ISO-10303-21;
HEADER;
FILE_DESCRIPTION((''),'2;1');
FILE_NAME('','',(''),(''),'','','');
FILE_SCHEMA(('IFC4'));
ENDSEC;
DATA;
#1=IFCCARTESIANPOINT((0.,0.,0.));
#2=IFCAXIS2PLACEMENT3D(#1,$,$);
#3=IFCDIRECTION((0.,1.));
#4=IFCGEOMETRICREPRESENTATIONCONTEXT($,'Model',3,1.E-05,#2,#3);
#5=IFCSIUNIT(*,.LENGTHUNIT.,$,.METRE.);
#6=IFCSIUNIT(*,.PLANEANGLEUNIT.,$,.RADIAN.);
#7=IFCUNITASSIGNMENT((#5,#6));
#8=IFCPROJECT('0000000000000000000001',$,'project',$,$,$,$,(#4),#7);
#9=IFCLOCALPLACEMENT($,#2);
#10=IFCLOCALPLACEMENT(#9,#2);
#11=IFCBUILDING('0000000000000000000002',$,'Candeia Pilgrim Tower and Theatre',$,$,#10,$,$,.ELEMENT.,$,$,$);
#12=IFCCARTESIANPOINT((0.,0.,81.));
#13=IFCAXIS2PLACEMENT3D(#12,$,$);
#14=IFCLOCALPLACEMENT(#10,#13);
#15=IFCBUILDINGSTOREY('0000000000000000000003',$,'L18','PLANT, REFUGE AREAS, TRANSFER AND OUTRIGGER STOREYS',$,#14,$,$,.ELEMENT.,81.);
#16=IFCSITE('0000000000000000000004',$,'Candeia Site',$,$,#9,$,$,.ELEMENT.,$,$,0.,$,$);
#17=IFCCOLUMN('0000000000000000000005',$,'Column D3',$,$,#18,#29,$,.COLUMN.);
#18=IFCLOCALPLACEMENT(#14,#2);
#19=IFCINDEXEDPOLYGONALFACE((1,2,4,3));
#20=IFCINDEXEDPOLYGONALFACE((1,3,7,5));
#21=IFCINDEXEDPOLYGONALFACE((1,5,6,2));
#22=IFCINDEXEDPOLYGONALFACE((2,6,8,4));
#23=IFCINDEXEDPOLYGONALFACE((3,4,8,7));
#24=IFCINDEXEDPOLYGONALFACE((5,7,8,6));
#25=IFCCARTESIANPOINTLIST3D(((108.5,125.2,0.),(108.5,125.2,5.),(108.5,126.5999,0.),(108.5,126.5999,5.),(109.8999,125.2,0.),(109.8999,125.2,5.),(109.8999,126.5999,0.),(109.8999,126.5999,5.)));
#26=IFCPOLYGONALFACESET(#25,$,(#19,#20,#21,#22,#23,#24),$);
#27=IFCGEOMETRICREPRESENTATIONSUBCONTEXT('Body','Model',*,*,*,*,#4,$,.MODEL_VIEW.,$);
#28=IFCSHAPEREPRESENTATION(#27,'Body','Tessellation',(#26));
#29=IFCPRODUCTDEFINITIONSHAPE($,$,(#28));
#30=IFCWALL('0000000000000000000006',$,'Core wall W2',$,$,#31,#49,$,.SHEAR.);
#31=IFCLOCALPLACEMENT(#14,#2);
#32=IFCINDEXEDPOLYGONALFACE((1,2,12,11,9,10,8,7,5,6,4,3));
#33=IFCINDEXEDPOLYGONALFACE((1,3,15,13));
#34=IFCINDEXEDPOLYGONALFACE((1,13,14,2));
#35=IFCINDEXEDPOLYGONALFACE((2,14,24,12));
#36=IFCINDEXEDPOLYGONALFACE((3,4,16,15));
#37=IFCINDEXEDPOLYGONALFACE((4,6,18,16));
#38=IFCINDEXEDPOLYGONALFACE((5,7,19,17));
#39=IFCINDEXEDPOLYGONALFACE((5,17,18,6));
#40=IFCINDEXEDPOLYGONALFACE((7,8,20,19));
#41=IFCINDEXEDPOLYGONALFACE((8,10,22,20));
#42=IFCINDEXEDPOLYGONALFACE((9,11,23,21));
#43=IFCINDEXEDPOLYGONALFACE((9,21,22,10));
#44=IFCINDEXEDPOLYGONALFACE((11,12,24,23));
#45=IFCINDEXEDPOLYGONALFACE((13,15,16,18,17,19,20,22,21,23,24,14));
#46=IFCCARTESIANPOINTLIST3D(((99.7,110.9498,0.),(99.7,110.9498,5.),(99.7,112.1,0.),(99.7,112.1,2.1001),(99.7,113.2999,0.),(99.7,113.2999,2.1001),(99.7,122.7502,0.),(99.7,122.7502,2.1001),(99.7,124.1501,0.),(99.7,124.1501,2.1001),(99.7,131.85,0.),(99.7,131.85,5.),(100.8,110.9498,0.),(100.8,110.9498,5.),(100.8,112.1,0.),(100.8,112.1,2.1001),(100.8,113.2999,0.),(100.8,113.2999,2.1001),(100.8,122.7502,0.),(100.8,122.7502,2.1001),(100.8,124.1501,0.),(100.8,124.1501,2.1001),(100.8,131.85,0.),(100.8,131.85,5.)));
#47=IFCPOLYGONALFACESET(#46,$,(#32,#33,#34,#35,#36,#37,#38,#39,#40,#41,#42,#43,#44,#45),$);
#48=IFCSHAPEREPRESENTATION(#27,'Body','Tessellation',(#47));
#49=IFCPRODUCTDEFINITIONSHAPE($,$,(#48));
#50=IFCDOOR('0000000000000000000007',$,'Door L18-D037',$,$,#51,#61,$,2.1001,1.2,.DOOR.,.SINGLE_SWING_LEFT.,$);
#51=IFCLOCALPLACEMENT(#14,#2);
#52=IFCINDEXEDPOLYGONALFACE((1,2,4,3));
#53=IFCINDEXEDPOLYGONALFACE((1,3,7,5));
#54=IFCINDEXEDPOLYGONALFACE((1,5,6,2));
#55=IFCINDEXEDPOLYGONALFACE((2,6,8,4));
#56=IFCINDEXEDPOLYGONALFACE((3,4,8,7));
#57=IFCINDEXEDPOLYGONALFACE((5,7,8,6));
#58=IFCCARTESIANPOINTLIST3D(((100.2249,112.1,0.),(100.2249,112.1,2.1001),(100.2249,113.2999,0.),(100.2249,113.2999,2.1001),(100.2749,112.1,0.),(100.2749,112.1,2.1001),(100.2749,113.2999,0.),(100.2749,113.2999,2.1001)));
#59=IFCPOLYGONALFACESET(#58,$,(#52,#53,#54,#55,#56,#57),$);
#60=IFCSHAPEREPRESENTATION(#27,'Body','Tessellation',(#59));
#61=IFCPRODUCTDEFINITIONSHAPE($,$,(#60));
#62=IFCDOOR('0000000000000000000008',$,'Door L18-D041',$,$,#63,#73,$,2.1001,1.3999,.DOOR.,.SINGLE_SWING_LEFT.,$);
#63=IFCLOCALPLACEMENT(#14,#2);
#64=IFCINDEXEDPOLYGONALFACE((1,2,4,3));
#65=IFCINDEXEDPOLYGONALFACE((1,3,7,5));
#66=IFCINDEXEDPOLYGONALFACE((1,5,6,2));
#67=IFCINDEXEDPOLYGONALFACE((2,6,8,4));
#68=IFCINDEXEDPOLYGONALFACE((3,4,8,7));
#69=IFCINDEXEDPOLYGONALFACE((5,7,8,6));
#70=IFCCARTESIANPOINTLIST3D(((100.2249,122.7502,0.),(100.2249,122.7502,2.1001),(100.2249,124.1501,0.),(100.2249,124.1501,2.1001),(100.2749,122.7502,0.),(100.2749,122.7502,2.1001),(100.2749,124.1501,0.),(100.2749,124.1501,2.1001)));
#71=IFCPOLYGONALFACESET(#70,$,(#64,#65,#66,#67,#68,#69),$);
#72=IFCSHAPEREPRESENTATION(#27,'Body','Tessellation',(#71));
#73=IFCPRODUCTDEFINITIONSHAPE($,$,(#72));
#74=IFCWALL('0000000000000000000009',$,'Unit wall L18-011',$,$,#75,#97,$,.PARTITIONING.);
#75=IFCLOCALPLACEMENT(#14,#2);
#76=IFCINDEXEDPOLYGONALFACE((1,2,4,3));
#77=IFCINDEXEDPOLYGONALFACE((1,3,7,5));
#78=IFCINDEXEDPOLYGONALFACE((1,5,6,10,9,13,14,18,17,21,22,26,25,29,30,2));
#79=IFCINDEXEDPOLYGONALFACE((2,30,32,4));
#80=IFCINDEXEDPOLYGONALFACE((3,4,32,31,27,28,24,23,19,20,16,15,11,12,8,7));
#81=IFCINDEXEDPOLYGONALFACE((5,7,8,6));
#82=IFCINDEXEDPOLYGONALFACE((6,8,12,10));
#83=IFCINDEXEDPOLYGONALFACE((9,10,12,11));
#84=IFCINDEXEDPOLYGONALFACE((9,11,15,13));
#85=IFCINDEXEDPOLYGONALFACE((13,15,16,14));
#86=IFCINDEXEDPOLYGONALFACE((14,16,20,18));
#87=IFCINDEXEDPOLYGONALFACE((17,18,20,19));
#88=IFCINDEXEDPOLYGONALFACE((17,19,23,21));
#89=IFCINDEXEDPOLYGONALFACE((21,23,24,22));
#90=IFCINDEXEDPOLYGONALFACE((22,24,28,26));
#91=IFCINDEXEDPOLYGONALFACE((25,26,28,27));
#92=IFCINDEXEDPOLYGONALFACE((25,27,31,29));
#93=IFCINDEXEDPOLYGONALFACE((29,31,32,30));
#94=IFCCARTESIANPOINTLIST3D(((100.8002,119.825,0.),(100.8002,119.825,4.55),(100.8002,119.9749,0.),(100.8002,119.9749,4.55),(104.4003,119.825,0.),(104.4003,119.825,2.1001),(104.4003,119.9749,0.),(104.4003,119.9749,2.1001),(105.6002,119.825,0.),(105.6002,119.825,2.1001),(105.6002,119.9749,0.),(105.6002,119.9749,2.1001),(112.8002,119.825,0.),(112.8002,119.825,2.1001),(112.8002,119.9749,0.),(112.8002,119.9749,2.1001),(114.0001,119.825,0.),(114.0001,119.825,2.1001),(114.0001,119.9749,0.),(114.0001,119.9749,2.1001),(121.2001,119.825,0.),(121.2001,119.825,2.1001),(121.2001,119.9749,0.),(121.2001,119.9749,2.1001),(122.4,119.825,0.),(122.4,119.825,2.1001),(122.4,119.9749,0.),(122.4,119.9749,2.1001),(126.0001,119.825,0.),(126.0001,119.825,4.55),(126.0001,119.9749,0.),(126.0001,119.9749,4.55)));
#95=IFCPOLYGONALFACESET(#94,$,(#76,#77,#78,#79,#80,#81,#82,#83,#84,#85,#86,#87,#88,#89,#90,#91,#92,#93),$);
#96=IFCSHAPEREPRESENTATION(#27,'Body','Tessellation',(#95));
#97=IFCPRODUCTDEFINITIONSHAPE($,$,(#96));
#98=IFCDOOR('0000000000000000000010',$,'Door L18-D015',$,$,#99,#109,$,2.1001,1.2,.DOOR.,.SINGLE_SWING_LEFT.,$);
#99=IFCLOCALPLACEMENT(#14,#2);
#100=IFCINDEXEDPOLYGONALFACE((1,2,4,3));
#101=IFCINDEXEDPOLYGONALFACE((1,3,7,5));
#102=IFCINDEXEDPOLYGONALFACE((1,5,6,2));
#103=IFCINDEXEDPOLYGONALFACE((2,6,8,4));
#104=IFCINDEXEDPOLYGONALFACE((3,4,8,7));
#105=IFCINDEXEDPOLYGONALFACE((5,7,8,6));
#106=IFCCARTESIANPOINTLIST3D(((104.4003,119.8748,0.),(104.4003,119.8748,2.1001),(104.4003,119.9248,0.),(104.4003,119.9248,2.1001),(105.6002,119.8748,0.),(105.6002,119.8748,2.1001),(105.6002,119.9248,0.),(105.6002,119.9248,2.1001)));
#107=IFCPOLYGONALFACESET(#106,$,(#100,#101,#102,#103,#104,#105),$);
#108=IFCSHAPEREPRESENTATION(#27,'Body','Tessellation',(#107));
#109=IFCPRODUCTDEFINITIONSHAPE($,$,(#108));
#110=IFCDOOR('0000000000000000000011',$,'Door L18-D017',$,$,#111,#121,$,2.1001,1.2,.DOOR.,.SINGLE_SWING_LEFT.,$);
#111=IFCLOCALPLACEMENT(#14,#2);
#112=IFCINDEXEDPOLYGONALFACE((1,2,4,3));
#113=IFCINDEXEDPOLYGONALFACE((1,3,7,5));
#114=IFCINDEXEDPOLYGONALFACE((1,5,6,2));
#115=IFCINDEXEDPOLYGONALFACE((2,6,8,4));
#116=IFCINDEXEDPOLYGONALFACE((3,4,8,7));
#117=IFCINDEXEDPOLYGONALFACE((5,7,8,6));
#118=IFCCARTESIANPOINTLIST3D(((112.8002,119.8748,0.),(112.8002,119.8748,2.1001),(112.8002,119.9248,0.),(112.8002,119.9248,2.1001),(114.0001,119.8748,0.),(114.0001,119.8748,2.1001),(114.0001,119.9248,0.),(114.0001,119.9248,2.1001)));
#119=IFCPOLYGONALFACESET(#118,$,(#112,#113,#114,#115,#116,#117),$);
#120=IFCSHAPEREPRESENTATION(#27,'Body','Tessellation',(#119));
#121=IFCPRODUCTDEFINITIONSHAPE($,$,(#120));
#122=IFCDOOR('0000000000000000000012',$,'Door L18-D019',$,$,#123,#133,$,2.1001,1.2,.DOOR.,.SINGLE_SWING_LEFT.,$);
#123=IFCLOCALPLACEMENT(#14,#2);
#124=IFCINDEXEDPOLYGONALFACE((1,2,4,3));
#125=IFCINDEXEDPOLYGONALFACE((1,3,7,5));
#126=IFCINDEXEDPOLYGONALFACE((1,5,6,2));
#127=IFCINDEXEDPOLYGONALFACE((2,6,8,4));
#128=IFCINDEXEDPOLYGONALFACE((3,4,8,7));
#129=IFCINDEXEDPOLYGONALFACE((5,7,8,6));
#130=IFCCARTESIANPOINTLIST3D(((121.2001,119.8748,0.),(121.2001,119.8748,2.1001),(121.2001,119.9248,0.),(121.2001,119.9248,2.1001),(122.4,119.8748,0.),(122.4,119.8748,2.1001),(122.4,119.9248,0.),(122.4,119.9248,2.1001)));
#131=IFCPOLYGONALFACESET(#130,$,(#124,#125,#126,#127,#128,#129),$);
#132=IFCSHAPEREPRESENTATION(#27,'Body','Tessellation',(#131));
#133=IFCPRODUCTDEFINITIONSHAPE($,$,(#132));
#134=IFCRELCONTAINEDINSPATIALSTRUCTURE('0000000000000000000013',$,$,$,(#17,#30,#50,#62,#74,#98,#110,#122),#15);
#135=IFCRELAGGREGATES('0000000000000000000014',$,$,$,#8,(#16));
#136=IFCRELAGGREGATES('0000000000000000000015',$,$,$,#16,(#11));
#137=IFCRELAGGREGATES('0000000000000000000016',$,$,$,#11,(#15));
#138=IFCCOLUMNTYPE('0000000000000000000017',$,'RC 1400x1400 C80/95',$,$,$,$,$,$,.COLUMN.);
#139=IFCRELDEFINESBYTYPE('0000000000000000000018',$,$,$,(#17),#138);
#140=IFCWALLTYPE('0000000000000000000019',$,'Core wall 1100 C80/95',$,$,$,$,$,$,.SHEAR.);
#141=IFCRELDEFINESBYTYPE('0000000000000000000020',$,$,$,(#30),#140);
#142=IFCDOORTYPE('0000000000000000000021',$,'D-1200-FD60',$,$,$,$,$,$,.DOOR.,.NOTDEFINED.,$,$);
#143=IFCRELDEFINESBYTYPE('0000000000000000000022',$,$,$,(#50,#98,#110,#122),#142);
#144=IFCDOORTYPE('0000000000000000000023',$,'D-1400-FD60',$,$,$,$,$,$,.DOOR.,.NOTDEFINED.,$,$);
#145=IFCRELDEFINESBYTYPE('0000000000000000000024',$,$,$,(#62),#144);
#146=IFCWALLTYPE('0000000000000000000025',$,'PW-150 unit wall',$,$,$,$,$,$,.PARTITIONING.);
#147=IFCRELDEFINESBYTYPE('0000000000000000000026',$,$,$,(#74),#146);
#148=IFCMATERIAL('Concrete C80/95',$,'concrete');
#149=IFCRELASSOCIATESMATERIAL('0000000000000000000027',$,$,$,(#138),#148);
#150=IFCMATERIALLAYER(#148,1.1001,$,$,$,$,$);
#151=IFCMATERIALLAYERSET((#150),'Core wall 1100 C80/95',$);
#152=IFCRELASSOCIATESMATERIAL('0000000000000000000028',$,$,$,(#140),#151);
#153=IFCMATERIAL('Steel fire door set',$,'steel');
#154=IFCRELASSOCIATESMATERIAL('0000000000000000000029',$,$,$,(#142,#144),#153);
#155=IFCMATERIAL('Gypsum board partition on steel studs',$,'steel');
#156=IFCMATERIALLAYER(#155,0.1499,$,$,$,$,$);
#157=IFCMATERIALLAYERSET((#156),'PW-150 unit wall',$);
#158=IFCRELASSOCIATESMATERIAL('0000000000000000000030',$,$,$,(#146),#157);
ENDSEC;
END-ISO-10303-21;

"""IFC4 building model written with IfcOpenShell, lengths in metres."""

from ifc_helpers import new_model, si_unit, direction, frame, frame_2d, origin, origin_2d, place, context, subcontext, project, spatial, rectangle, extrude, material, layer, layer_set, material_profile, profile_set, type_object, element, fill, save


model = new_model("IFC4")

# Units and contexts
model_context = context("Model", 3, precision=1e-05, world=origin(), true_north=direction((0.0, 1.0)))
body_context = subcontext(model_context, "Body", "Model", "MODEL_VIEW")
ifc_project = project(units=[si_unit("LENGTHUNIT", "METRE"), si_unit("PLANEANGLEUNIT", "RADIAN")], contexts=[model_context])

# Site, building, storey
site_placement = place(None, origin())
site = spatial("IfcSite", under=ifc_project, at=site_placement, Name="Candeia Site", CompositionType="ELEMENT", RefElevation=0.0)
building_placement = place(site_placement, origin())
building = spatial("IfcBuilding", under=site, at=building_placement, Name="Candeia Pilgrim Tower and Theatre", CompositionType="ELEMENT")
storey_placement = place(building_placement, frame((0.0, 0.0, 81.0)))
storey = spatial("IfcBuildingStorey", under=building, at=storey_placement, Name="L18", Description="PLANT, REFUGE AREAS, TRANSFER AND OUTRIGGER STOREYS", CompositionType="ELEMENT", Elevation=81.0)

# Column
ifc_material_1 = material(Name="Concrete C80/95", Category="concrete")
ifc_material_profile = material_profile(ifc_material_1, rectangle(XDim=1.3999, YDim=1.3999, at=origin_2d()))
ifc_profile_set = profile_set([ifc_material_profile], Name="Concrete C80/95")
column_type = type_object("IfcColumnType", Name="RC 1400x1400 C80/95", PredefinedType="COLUMN", material=ifc_profile_set)
column_placement = place(storey_placement, frame((109.2, 125.8999, 0.0), z_axis=(0.0, 0.0, 1.0), x_axis=(1.0, 0.0, 0.0)))
element("IfcColumn", 1, at=column_placement, inside=storey, type_object=column_type, Name="Column D3", PredefinedType="COLUMN", context=body_context, shape_type="SweptSolid", body=[
    extrude(rectangle(XDim=1.3999, YDim=1.3999, at=origin_2d()), origin(), (0.0, 0.0, 1.0), 5.0),
])

# Walls, openings, doors
ifc_layer_1 = layer(ifc_material_1, 1.1001)
ifc_layer_set_1 = layer_set([ifc_layer_1], Name="Core wall 1100 C80/95")
wall_type_1 = type_object("IfcWallType", Name="Core wall 1100 C80/95", PredefinedType="SHEAR", material=ifc_layer_set_1)
wall_1_placement = place(storey_placement, frame((100.25, 131.8501, 0.0), z_axis=(0.0, 0.0, 1.0), x_axis=(0.0, -1.0, 0.0)))
wall_1 = element("IfcWall", 2, at=wall_1_placement, inside=storey, type_object=wall_type_1, Name="Core wall W2", PredefinedType="SHEAR", context=body_context, shape_type="SweptSolid", body=[
    extrude(rectangle(XDim=20.9001, YDim=1.1001, at=frame_2d((10.4502, 0.0))), origin(), (0.0, 0.0, 1.0), 5.0),
])
opening_1_placement = place(wall_1_placement, frame((18.55, 0.0, 0.0)))
opening_1 = element("IfcOpeningElement", 3, at=opening_1_placement, cuts=wall_1, PredefinedType="OPENING", context=body_context, shape_type="SweptSolid", body=[
    extrude(rectangle(XDim=1.2, YDim=2.1001, at=frame_2d((0.6001, 1.05))), frame((0.0, 0.5601, 0.0), z_axis=(0.0, -1.0, 0.0), x_axis=(1.0, 0.0, 0.0)), (0.0, 0.0, 1.0), 1.1201),
])
opening_2_placement = place(wall_1_placement, frame((7.7, 0.0, 0.0)))
opening_2 = element("IfcOpeningElement", 4, at=opening_2_placement, cuts=wall_1, PredefinedType="OPENING", context=body_context, shape_type="SweptSolid", body=[
    extrude(rectangle(XDim=1.3999, YDim=2.1001, at=frame_2d((0.7, 1.05))), frame((0.0, 0.5601, 0.0), z_axis=(0.0, -1.0, 0.0), x_axis=(1.0, 0.0, 0.0)), (0.0, 0.0, 1.0), 1.1201),
])
ifc_material_2 = material(Name="Steel fire door set", Category="steel")
door_type_1 = type_object("IfcDoorType", Name="D-1200-FD60", OperationType="NOTDEFINED", PredefinedType="DOOR", material=ifc_material_2)
door_1_placement = place(opening_1_placement, origin())
door_1 = element("IfcDoor", 5, at=door_1_placement, inside=storey, type_object=door_type_1, Name="Door L18-D037", OperationType="SINGLE_SWING_LEFT", OverallHeight=2.1001, OverallWidth=1.2, PredefinedType="DOOR", context=body_context, shape_type="SweptSolid", body=[
    extrude(rectangle(XDim=1.2, YDim=2.1001, at=frame_2d((0.6001, 1.05))), frame((0.0, 0.0249, 0.0), z_axis=(0.0, -1.0, 0.0), x_axis=(1.0, 0.0, 0.0)), (0.0, 0.0, 1.0), 0.05),
])
fill(opening_1, door_1)
door_type_2 = type_object("IfcDoorType", Name="D-1400-FD60", OperationType="NOTDEFINED", PredefinedType="DOOR", material=ifc_material_2)
door_2_placement = place(opening_2_placement, origin())
door_2 = element("IfcDoor", 6, at=door_2_placement, inside=storey, type_object=door_type_2, Name="Door L18-D041", OperationType="SINGLE_SWING_LEFT", OverallHeight=2.1001, OverallWidth=1.3999, PredefinedType="DOOR", context=body_context, shape_type="SweptSolid", body=[
    extrude(rectangle(XDim=1.3999, YDim=2.1001, at=frame_2d((0.7, 1.05))), frame((0.0, 0.0249, 0.0), z_axis=(0.0, -1.0, 0.0), x_axis=(1.0, 0.0, 0.0)), (0.0, 0.0, 1.0), 0.05),
])
fill(opening_2, door_2)
ifc_material_3 = material(Name="Gypsum board partition on steel studs", Category="steel")
ifc_layer_2 = layer(ifc_material_3, 0.1499)
ifc_layer_set_2 = layer_set([ifc_layer_2], Name="PW-150 unit wall")
wall_type_2 = type_object("IfcWallType", Name="PW-150 unit wall", PredefinedType="PARTITIONING", material=ifc_layer_set_2)
wall_2_placement = place(storey_placement, frame((100.8, 119.8999, 0.0), z_axis=(0.0, 0.0, 1.0), x_axis=(1.0, 0.0, 0.0)))
wall_2 = element("IfcWall", 7, at=wall_2_placement, inside=storey, type_object=wall_type_2, Name="Unit wall L18-011", PredefinedType="PARTITIONING", context=body_context, shape_type="SweptSolid", body=[
    extrude(rectangle(XDim=25.2, YDim=0.1499, at=frame_2d((12.6001, 0.0))), origin(), (0.0, 0.0, 1.0), 4.55),
])
opening_3_placement = place(wall_2_placement, frame((3.6001, 0.0, 0.0)))
opening_3 = element("IfcOpeningElement", 8, at=opening_3_placement, cuts=wall_2, PredefinedType="OPENING", context=body_context, shape_type="SweptSolid", body=[
    extrude(rectangle(XDim=1.2, YDim=2.1001, at=frame_2d((0.6001, 1.05))), frame((0.0, 0.085, 0.0), z_axis=(0.0, -1.0, 0.0), x_axis=(1.0, 0.0, 0.0)), (0.0, 0.0, 1.0), 0.1699),
])
opening_4_placement = place(wall_2_placement, frame((12.0, 0.0, 0.0)))
opening_4 = element("IfcOpeningElement", 9, at=opening_4_placement, cuts=wall_2, PredefinedType="OPENING", context=body_context, shape_type="SweptSolid", body=[
    extrude(rectangle(XDim=1.2, YDim=2.1001, at=frame_2d((0.6001, 1.05))), frame((0.0, 0.085, 0.0), z_axis=(0.0, -1.0, 0.0), x_axis=(1.0, 0.0, 0.0)), (0.0, 0.0, 1.0), 0.1699),
])
opening_5_placement = place(wall_2_placement, frame((20.3999, 0.0, 0.0)))
opening_5 = element("IfcOpeningElement", 10, at=opening_5_placement, cuts=wall_2, PredefinedType="OPENING", context=body_context, shape_type="SweptSolid", body=[
    extrude(rectangle(XDim=1.2, YDim=2.1001, at=frame_2d((0.6001, 1.05))), frame((0.0, 0.085, 0.0), z_axis=(0.0, -1.0, 0.0), x_axis=(1.0, 0.0, 0.0)), (0.0, 0.0, 1.0), 0.1699),
])
door_3_placement = place(opening_3_placement, origin())
door_3 = element("IfcDoor", 11, at=door_3_placement, inside=storey, type_object=door_type_1, Name="Door L18-D015", OperationType="SINGLE_SWING_LEFT", OverallHeight=2.1001, OverallWidth=1.2, PredefinedType="DOOR", context=body_context, shape_type="SweptSolid", body=[
    extrude(rectangle(XDim=1.2, YDim=2.1001, at=frame_2d((0.6001, 1.05))), frame((0.0, 0.0249, 0.0), z_axis=(0.0, -1.0, 0.0), x_axis=(1.0, 0.0, 0.0)), (0.0, 0.0, 1.0), 0.05),
])
fill(opening_3, door_3)
door_4_placement = place(opening_4_placement, origin())
door_4 = element("IfcDoor", 12, at=door_4_placement, inside=storey, type_object=door_type_1, Name="Door L18-D017", OperationType="SINGLE_SWING_LEFT", OverallHeight=2.1001, OverallWidth=1.2, PredefinedType="DOOR", context=body_context, shape_type="SweptSolid", body=[
    extrude(rectangle(XDim=1.2, YDim=2.1001, at=frame_2d((0.6001, 1.05))), frame((0.0, 0.0249, 0.0), z_axis=(0.0, -1.0, 0.0), x_axis=(1.0, 0.0, 0.0)), (0.0, 0.0, 1.0), 0.05),
])
fill(opening_4, door_4)
door_5_placement = place(opening_5_placement, origin())
door_5 = element("IfcDoor", 13, at=door_5_placement, inside=storey, type_object=door_type_1, Name="Door L18-D019", OperationType="SINGLE_SWING_LEFT", OverallHeight=2.1001, OverallWidth=1.2, PredefinedType="DOOR", context=body_context, shape_type="SweptSolid", body=[
    extrude(rectangle(XDim=1.2, YDim=2.1001, at=frame_2d((0.6001, 1.05))), frame((0.0, 0.0249, 0.0), z_axis=(0.0, -1.0, 0.0), x_axis=(1.0, 0.0, 0.0)), (0.0, 0.0, 1.0), 0.05),
])
fill(opening_5, door_5)

save(model, "model.ifc")
